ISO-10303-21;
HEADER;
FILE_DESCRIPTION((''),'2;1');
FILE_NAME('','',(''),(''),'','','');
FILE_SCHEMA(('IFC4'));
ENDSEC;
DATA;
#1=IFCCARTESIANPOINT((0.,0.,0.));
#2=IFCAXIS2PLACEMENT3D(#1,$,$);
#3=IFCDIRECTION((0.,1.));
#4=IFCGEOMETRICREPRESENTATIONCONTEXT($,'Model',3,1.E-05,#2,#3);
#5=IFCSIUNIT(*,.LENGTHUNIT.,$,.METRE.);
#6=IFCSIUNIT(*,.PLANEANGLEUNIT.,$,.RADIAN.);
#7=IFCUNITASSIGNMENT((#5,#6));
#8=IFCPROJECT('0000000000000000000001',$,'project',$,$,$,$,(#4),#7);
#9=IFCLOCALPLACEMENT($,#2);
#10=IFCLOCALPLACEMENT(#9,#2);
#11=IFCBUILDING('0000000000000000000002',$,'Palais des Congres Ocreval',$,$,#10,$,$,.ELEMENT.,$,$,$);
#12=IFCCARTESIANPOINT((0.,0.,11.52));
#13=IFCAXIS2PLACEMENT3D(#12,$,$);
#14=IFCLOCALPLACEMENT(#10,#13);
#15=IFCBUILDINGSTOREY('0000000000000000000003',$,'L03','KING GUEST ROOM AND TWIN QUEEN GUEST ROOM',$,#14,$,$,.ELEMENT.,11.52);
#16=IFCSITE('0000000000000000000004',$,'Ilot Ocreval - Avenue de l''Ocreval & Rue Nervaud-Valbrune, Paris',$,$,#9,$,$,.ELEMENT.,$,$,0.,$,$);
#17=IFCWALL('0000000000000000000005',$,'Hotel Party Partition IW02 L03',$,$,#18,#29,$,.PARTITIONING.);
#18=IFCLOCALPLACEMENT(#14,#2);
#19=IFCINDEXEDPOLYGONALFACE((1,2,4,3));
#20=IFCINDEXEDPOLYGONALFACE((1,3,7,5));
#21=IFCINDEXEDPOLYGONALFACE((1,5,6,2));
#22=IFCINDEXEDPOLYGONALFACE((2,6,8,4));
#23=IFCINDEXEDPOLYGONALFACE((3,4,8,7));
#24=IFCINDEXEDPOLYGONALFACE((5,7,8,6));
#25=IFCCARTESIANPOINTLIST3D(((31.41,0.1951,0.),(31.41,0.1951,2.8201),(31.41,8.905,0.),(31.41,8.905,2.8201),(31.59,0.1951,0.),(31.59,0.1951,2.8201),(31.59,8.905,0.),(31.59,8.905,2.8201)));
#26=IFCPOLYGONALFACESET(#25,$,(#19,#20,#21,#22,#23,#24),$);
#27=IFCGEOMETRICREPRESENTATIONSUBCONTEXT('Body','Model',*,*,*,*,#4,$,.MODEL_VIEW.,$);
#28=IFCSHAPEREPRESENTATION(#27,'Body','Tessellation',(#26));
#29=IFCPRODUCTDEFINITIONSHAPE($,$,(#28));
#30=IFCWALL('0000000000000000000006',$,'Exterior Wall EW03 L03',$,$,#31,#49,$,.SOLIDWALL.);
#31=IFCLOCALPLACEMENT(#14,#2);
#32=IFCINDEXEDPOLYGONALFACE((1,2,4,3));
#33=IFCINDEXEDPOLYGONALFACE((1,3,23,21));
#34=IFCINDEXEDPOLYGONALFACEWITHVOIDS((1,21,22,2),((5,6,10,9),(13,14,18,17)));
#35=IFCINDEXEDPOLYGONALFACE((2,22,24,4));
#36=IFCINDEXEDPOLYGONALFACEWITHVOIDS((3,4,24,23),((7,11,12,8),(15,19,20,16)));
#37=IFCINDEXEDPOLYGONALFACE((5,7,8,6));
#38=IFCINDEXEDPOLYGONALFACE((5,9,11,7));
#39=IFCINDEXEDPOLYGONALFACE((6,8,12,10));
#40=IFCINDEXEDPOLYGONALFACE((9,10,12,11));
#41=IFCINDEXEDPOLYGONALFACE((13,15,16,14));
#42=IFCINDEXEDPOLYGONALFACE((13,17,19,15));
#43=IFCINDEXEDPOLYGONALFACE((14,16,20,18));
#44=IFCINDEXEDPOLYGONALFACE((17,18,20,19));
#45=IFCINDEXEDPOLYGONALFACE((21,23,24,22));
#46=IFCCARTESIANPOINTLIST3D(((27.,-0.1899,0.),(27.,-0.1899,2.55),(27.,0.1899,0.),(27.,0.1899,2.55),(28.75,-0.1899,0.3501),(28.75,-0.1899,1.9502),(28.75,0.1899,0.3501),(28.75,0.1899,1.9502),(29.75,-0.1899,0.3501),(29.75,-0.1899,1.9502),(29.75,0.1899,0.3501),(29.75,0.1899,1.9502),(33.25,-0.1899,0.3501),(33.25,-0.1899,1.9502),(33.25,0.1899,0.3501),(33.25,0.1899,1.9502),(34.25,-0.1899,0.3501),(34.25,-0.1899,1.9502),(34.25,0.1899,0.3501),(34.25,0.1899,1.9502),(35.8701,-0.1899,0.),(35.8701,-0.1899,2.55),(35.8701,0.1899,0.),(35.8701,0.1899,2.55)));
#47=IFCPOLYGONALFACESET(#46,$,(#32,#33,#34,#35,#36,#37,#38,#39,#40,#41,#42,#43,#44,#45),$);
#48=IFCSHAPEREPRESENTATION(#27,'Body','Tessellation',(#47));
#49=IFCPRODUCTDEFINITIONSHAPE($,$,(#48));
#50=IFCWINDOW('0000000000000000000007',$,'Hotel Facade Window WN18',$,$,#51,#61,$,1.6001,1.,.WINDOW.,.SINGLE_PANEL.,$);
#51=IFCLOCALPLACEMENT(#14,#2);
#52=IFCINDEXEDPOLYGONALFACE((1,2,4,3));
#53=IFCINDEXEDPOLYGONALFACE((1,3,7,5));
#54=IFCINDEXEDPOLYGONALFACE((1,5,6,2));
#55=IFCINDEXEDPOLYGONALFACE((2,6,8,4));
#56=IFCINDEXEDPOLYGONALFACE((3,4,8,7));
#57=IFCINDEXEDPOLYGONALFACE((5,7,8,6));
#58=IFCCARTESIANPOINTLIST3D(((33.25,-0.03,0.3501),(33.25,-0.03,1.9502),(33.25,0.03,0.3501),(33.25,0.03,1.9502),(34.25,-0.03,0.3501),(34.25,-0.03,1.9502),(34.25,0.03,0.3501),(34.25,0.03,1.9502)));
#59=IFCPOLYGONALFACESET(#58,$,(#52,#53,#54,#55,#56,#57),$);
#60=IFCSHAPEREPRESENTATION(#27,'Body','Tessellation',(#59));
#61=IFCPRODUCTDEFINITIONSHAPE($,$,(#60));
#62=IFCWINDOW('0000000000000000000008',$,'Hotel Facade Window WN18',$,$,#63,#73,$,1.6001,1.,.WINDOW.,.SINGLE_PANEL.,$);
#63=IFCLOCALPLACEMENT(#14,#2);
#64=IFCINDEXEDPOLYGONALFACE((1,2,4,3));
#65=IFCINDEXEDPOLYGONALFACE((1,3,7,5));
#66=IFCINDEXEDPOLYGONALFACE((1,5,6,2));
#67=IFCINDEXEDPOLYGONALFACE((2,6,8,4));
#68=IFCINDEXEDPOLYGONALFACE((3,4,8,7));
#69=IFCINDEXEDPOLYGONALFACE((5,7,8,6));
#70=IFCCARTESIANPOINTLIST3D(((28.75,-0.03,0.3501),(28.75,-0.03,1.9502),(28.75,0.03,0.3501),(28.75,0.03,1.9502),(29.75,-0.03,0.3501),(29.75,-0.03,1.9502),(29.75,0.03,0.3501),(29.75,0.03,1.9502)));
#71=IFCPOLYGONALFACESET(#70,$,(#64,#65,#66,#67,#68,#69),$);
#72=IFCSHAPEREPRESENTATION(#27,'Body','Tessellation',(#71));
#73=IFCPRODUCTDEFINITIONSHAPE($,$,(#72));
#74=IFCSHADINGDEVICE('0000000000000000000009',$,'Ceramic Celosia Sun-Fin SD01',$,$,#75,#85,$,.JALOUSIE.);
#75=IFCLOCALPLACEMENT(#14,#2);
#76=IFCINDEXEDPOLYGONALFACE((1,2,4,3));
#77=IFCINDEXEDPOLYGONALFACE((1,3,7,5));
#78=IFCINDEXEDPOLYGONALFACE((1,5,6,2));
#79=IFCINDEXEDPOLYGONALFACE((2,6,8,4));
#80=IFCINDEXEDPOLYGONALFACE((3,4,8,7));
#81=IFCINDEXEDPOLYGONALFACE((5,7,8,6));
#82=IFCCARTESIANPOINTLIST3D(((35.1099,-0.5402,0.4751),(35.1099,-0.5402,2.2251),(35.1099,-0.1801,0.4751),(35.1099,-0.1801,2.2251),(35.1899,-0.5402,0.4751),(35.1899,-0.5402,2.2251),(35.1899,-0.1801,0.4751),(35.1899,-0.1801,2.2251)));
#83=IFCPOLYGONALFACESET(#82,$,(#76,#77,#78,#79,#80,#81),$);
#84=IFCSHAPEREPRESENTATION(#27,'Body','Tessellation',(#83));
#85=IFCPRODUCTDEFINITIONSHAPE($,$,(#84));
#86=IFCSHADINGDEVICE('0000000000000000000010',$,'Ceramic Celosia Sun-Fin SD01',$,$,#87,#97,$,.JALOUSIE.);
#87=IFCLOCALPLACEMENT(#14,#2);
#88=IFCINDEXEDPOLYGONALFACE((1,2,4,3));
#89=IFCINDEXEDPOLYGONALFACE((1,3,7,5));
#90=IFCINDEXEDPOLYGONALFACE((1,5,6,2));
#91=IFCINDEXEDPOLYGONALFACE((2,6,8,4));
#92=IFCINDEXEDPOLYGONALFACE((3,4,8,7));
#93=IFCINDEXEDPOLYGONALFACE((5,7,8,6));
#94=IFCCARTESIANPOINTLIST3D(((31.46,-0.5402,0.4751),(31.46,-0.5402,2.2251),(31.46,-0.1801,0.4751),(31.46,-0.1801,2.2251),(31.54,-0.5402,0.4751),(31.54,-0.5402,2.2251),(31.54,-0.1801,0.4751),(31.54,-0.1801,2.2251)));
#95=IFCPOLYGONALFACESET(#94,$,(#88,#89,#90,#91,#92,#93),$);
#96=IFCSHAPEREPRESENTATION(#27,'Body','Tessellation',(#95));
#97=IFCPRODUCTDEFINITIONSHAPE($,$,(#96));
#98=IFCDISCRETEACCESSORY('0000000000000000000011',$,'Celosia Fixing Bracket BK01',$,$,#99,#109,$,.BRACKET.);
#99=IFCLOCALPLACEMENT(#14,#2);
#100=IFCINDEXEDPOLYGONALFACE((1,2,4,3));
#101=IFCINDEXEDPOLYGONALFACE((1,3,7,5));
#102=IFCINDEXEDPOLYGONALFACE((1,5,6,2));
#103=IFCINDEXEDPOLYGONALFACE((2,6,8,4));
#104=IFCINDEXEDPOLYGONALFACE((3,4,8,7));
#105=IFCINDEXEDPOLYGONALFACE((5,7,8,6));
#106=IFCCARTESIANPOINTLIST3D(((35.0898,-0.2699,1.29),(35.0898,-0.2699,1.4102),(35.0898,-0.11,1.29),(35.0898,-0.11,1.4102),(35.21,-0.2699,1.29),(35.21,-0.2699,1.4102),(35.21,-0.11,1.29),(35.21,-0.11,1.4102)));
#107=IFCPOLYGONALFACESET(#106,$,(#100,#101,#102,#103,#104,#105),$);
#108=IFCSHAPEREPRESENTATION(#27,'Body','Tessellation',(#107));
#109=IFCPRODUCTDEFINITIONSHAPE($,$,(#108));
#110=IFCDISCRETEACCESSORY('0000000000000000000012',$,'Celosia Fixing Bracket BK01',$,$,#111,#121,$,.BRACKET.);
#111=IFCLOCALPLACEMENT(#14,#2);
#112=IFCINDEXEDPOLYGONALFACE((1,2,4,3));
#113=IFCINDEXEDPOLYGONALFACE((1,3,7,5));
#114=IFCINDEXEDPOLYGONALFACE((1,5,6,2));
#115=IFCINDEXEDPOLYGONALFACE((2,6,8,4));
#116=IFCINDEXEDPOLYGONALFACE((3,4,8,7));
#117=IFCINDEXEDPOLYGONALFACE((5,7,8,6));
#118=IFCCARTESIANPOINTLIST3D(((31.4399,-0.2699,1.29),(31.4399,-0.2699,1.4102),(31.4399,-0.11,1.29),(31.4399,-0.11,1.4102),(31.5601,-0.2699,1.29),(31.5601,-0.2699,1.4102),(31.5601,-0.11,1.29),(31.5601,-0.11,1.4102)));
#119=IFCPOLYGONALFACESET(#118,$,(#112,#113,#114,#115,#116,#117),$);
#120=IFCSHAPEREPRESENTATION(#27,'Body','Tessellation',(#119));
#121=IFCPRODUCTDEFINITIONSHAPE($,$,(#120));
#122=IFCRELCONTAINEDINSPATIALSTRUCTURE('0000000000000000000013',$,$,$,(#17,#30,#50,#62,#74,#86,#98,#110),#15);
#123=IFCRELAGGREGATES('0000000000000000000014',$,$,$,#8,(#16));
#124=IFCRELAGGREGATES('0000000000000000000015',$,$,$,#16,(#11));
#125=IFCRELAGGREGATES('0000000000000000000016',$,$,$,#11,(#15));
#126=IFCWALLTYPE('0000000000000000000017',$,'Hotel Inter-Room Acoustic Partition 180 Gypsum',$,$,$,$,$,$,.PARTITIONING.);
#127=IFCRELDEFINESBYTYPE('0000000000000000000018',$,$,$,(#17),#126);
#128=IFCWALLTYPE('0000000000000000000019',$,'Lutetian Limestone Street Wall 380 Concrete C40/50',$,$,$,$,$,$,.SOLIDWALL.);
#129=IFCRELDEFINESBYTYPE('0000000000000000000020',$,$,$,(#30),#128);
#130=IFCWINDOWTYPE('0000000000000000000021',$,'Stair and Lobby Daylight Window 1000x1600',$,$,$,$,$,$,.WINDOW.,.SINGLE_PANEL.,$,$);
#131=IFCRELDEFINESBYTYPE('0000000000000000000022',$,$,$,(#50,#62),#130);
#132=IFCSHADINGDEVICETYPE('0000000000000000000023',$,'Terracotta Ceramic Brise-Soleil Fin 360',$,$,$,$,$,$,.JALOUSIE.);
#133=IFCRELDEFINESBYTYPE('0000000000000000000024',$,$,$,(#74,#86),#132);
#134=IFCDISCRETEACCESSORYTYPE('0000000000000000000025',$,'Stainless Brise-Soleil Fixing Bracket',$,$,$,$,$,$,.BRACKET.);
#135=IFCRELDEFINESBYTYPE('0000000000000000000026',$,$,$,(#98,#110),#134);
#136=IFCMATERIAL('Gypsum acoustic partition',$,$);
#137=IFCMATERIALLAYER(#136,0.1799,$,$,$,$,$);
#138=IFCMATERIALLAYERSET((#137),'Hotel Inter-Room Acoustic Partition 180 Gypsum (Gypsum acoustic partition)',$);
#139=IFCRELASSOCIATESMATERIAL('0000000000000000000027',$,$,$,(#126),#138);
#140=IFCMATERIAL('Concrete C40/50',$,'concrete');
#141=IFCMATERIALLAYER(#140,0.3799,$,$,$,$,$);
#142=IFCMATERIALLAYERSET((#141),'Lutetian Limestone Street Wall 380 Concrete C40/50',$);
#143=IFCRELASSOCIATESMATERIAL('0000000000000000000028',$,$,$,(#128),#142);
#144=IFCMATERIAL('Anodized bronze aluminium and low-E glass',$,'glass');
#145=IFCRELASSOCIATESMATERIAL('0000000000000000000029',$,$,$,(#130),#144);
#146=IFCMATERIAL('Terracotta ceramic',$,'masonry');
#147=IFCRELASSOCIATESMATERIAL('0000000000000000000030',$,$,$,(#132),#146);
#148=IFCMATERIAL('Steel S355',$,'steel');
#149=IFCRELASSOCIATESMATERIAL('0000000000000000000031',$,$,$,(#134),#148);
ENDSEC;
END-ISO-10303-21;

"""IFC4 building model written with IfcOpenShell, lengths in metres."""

from ifc_helpers import new_model, si_unit, direction, frame, frame_2d, origin, origin_2d, place, context, subcontext, project, spatial, rectangle, extrude, material, layer, layer_set, type_object, element, fill, save


model = new_model("IFC4")

# Units and contexts
model_context = context("Model", 3, precision=1e-05, world=origin(), true_north=direction((0.0, 1.0)))
body_context = subcontext(model_context, "Body", "Model", "MODEL_VIEW")
ifc_project = project(units=[si_unit("LENGTHUNIT", "METRE"), si_unit("PLANEANGLEUNIT", "RADIAN")], contexts=[model_context])

# Site, building, storey
site_placement = place(None, origin())
site = spatial("IfcSite", under=ifc_project, at=site_placement, Name="Ilot Ocreval - Avenue de l'Ocreval & Rue Nervaud-Valbrune, Paris", CompositionType="ELEMENT", RefElevation=0.0)
building_placement = place(site_placement, origin())
building = spatial("IfcBuilding", under=site, at=building_placement, Name="Palais des Congres Ocreval", CompositionType="ELEMENT")
storey_placement = place(building_placement, frame((0.0, 0.0, 11.52)))
storey = spatial("IfcBuildingStorey", under=building, at=storey_placement, Name="L03", Description="KING GUEST ROOM AND TWIN QUEEN GUEST ROOM", CompositionType="ELEMENT", Elevation=11.52)

# Shared definitions
ifc_material_1 = material(Name="Steel S355", Category="steel")
ifc_material_2 = material(Name="Concrete C40/50", Category="concrete")

# Wall
ifc_material_3 = material(Name="Gypsum acoustic partition")
ifc_layer_1 = layer(ifc_material_3, 0.1799)
ifc_layer_set_1 = layer_set([ifc_layer_1], Name="Hotel Inter-Room Acoustic Partition 180 Gypsum (Gypsum acoustic partition)")
wall_type_1 = type_object("IfcWallType", Name="Hotel Inter-Room Acoustic Partition 180 Gypsum", PredefinedType="PARTITIONING", material=ifc_layer_set_1)
wall_1_placement = place(storey_placement, frame((31.5, 0.1951, 0.0), z_axis=(0.0, 0.0, 1.0), x_axis=(0.0, 1.0, 0.0)))
element("IfcWall", 1, at=wall_1_placement, inside=storey, type_object=wall_type_1, Name="Hotel Party Partition IW02 L03", PredefinedType="PARTITIONING", context=body_context, shape_type="SweptSolid", body=[
    extrude(rectangle(XDim=8.71, YDim=0.1799, at=frame_2d((4.355, 0.0))), origin(), (0.0, 0.0, 1.0), 2.8201),
])

# Wall, openings, windows
ifc_layer_2 = layer(ifc_material_2, 0.3799)
ifc_layer_set_2 = layer_set([ifc_layer_2], Name="Lutetian Limestone Street Wall 380 Concrete C40/50")
wall_type_2 = type_object("IfcWallType", Name="Lutetian Limestone Street Wall 380 Concrete C40/50", PredefinedType="SOLIDWALL", material=ifc_layer_set_2)
wall_2_placement = place(storey_placement, frame((35.8701, 0.0, 0.0), z_axis=(0.0, 0.0, 1.0), x_axis=(-1.0, 0.0, 0.0)))
wall_2 = element("IfcWall", 2, at=wall_2_placement, inside=storey, type_object=wall_type_2, Name="Exterior Wall EW03 L03", PredefinedType="SOLIDWALL", context=body_context, shape_type="SweptSolid", body=[
    extrude(rectangle(XDim=8.8701, YDim=0.3799, at=frame_2d((4.4351, 0.0))), origin(), (0.0, 0.0, 1.0), 2.55),
])
opening_1_placement = place(wall_2_placement, frame((1.6201, 0.0, 0.3501)))
opening_1 = element("IfcOpeningElement", 3, at=opening_1_placement, cuts=wall_2, PredefinedType="OPENING", context=body_context, shape_type="SweptSolid", body=[
    extrude(rectangle(XDim=1.0, YDim=1.6001, at=frame_2d((0.5, 0.8))), frame((0.0, 0.2, 0.0), z_axis=(0.0, -1.0, 0.0), x_axis=(1.0, 0.0, 0.0)), (0.0, 0.0, 1.0), 0.3999),
])
opening_2_placement = place(wall_2_placement, frame((6.1201, 0.0, 0.3501)))
opening_2 = element("IfcOpeningElement", 4, at=opening_2_placement, cuts=wall_2, PredefinedType="OPENING", context=body_context, shape_type="SweptSolid", body=[
    extrude(rectangle(XDim=1.0, YDim=1.6001, at=frame_2d((0.5, 0.8))), frame((0.0, 0.2, 0.0), z_axis=(0.0, -1.0, 0.0), x_axis=(1.0, 0.0, 0.0)), (0.0, 0.0, 1.0), 0.3999),
])
ifc_material_4 = material(Name="Anodized bronze aluminium and low-E glass", Category="glass")
window_type = type_object("IfcWindowType", Name="Stair and Lobby Daylight Window 1000x1600", PartitioningType="SINGLE_PANEL", PredefinedType="WINDOW", material=ifc_material_4)
window_1_placement = place(opening_1_placement, origin())
window_1 = element("IfcWindow", 5, at=window_1_placement, inside=storey, type_object=window_type, Name="Hotel Facade Window WN18", OverallHeight=1.6001, OverallWidth=1.0, PartitioningType="SINGLE_PANEL", PredefinedType="WINDOW", context=body_context, shape_type="SweptSolid", body=[
    extrude(rectangle(XDim=1.0, YDim=1.6001, at=frame_2d((0.5, 0.8))), frame((0.0, 0.03, 0.0), z_axis=(0.0, -1.0, 0.0), x_axis=(1.0, 0.0, 0.0)), (0.0, 0.0, 1.0), 0.0601),
])
fill(opening_1, window_1)
window_2_placement = place(opening_2_placement, origin())
window_2 = element("IfcWindow", 6, at=window_2_placement, inside=storey, type_object=window_type, Name="Hotel Facade Window WN18", OverallHeight=1.6001, OverallWidth=1.0, PartitioningType="SINGLE_PANEL", PredefinedType="WINDOW", context=body_context, shape_type="SweptSolid", body=[
    extrude(rectangle(XDim=1.0, YDim=1.6001, at=frame_2d((0.5, 0.8))), frame((0.0, 0.03, 0.0), z_axis=(0.0, -1.0, 0.0), x_axis=(1.0, 0.0, 0.0)), (0.0, 0.0, 1.0), 0.0601),
])
fill(opening_2, window_2)

# Shading devices
ifc_material_5 = material(Name="Terracotta ceramic", Category="masonry")
shading_device_type = type_object("IfcShadingDeviceType", Name="Terracotta Ceramic Brise-Soleil Fin 360", PredefinedType="JALOUSIE", material=ifc_material_5)
for number, where, z_axis, x_axis, name in (
    (7, (35.1499, -0.3601, 0.4751), (0.0, 0.0, 1.0), (0.0, -1.0, 0.0), "Ceramic Celosia Sun-Fin SD01"),
    (8, (31.5, -0.3601, 0.4751), (0.0, 0.0, 1.0), (0.0, -1.0, 0.0), "Ceramic Celosia Sun-Fin SD01"),
):
    element("IfcShadingDevice", number, at=place(storey_placement, frame(where, z_axis=z_axis, x_axis=x_axis)), inside=storey, type_object=shading_device_type, Name=name, PredefinedType="JALOUSIE", context=body_context, shape_type="SweptSolid", body=[
        extrude(rectangle(XDim=0.3601, YDim=0.0801, at=origin_2d()), origin(), (0.0, 0.0, 1.0), 1.75),
    ])

# Discrete accessories
discrete_accessory_type = type_object("IfcDiscreteAccessoryType", Name="Stainless Brise-Soleil Fixing Bracket", PredefinedType="BRACKET", material=ifc_material_1)
for number, where, z_axis, x_axis, name in (
    (9, (35.1499, -0.1899, 1.29), (0.0, 0.0, 1.0), (0.0, -1.0, 0.0), "Celosia Fixing Bracket BK01"),
    (10, (31.5, -0.1899, 1.29), (0.0, 0.0, 1.0), (0.0, -1.0, 0.0), "Celosia Fixing Bracket BK01"),
):
    element("IfcDiscreteAccessory", number, at=place(storey_placement, frame(where, z_axis=z_axis, x_axis=x_axis)), inside=storey, type_object=discrete_accessory_type, Name=name, PredefinedType="BRACKET", context=body_context, shape_type="SweptSolid", body=[
        extrude(rectangle(XDim=0.1599, YDim=0.1201, at=origin_2d()), origin(), (0.0, 0.0, 1.0), 0.1201),
    ])

save(model, "model.ifc")
